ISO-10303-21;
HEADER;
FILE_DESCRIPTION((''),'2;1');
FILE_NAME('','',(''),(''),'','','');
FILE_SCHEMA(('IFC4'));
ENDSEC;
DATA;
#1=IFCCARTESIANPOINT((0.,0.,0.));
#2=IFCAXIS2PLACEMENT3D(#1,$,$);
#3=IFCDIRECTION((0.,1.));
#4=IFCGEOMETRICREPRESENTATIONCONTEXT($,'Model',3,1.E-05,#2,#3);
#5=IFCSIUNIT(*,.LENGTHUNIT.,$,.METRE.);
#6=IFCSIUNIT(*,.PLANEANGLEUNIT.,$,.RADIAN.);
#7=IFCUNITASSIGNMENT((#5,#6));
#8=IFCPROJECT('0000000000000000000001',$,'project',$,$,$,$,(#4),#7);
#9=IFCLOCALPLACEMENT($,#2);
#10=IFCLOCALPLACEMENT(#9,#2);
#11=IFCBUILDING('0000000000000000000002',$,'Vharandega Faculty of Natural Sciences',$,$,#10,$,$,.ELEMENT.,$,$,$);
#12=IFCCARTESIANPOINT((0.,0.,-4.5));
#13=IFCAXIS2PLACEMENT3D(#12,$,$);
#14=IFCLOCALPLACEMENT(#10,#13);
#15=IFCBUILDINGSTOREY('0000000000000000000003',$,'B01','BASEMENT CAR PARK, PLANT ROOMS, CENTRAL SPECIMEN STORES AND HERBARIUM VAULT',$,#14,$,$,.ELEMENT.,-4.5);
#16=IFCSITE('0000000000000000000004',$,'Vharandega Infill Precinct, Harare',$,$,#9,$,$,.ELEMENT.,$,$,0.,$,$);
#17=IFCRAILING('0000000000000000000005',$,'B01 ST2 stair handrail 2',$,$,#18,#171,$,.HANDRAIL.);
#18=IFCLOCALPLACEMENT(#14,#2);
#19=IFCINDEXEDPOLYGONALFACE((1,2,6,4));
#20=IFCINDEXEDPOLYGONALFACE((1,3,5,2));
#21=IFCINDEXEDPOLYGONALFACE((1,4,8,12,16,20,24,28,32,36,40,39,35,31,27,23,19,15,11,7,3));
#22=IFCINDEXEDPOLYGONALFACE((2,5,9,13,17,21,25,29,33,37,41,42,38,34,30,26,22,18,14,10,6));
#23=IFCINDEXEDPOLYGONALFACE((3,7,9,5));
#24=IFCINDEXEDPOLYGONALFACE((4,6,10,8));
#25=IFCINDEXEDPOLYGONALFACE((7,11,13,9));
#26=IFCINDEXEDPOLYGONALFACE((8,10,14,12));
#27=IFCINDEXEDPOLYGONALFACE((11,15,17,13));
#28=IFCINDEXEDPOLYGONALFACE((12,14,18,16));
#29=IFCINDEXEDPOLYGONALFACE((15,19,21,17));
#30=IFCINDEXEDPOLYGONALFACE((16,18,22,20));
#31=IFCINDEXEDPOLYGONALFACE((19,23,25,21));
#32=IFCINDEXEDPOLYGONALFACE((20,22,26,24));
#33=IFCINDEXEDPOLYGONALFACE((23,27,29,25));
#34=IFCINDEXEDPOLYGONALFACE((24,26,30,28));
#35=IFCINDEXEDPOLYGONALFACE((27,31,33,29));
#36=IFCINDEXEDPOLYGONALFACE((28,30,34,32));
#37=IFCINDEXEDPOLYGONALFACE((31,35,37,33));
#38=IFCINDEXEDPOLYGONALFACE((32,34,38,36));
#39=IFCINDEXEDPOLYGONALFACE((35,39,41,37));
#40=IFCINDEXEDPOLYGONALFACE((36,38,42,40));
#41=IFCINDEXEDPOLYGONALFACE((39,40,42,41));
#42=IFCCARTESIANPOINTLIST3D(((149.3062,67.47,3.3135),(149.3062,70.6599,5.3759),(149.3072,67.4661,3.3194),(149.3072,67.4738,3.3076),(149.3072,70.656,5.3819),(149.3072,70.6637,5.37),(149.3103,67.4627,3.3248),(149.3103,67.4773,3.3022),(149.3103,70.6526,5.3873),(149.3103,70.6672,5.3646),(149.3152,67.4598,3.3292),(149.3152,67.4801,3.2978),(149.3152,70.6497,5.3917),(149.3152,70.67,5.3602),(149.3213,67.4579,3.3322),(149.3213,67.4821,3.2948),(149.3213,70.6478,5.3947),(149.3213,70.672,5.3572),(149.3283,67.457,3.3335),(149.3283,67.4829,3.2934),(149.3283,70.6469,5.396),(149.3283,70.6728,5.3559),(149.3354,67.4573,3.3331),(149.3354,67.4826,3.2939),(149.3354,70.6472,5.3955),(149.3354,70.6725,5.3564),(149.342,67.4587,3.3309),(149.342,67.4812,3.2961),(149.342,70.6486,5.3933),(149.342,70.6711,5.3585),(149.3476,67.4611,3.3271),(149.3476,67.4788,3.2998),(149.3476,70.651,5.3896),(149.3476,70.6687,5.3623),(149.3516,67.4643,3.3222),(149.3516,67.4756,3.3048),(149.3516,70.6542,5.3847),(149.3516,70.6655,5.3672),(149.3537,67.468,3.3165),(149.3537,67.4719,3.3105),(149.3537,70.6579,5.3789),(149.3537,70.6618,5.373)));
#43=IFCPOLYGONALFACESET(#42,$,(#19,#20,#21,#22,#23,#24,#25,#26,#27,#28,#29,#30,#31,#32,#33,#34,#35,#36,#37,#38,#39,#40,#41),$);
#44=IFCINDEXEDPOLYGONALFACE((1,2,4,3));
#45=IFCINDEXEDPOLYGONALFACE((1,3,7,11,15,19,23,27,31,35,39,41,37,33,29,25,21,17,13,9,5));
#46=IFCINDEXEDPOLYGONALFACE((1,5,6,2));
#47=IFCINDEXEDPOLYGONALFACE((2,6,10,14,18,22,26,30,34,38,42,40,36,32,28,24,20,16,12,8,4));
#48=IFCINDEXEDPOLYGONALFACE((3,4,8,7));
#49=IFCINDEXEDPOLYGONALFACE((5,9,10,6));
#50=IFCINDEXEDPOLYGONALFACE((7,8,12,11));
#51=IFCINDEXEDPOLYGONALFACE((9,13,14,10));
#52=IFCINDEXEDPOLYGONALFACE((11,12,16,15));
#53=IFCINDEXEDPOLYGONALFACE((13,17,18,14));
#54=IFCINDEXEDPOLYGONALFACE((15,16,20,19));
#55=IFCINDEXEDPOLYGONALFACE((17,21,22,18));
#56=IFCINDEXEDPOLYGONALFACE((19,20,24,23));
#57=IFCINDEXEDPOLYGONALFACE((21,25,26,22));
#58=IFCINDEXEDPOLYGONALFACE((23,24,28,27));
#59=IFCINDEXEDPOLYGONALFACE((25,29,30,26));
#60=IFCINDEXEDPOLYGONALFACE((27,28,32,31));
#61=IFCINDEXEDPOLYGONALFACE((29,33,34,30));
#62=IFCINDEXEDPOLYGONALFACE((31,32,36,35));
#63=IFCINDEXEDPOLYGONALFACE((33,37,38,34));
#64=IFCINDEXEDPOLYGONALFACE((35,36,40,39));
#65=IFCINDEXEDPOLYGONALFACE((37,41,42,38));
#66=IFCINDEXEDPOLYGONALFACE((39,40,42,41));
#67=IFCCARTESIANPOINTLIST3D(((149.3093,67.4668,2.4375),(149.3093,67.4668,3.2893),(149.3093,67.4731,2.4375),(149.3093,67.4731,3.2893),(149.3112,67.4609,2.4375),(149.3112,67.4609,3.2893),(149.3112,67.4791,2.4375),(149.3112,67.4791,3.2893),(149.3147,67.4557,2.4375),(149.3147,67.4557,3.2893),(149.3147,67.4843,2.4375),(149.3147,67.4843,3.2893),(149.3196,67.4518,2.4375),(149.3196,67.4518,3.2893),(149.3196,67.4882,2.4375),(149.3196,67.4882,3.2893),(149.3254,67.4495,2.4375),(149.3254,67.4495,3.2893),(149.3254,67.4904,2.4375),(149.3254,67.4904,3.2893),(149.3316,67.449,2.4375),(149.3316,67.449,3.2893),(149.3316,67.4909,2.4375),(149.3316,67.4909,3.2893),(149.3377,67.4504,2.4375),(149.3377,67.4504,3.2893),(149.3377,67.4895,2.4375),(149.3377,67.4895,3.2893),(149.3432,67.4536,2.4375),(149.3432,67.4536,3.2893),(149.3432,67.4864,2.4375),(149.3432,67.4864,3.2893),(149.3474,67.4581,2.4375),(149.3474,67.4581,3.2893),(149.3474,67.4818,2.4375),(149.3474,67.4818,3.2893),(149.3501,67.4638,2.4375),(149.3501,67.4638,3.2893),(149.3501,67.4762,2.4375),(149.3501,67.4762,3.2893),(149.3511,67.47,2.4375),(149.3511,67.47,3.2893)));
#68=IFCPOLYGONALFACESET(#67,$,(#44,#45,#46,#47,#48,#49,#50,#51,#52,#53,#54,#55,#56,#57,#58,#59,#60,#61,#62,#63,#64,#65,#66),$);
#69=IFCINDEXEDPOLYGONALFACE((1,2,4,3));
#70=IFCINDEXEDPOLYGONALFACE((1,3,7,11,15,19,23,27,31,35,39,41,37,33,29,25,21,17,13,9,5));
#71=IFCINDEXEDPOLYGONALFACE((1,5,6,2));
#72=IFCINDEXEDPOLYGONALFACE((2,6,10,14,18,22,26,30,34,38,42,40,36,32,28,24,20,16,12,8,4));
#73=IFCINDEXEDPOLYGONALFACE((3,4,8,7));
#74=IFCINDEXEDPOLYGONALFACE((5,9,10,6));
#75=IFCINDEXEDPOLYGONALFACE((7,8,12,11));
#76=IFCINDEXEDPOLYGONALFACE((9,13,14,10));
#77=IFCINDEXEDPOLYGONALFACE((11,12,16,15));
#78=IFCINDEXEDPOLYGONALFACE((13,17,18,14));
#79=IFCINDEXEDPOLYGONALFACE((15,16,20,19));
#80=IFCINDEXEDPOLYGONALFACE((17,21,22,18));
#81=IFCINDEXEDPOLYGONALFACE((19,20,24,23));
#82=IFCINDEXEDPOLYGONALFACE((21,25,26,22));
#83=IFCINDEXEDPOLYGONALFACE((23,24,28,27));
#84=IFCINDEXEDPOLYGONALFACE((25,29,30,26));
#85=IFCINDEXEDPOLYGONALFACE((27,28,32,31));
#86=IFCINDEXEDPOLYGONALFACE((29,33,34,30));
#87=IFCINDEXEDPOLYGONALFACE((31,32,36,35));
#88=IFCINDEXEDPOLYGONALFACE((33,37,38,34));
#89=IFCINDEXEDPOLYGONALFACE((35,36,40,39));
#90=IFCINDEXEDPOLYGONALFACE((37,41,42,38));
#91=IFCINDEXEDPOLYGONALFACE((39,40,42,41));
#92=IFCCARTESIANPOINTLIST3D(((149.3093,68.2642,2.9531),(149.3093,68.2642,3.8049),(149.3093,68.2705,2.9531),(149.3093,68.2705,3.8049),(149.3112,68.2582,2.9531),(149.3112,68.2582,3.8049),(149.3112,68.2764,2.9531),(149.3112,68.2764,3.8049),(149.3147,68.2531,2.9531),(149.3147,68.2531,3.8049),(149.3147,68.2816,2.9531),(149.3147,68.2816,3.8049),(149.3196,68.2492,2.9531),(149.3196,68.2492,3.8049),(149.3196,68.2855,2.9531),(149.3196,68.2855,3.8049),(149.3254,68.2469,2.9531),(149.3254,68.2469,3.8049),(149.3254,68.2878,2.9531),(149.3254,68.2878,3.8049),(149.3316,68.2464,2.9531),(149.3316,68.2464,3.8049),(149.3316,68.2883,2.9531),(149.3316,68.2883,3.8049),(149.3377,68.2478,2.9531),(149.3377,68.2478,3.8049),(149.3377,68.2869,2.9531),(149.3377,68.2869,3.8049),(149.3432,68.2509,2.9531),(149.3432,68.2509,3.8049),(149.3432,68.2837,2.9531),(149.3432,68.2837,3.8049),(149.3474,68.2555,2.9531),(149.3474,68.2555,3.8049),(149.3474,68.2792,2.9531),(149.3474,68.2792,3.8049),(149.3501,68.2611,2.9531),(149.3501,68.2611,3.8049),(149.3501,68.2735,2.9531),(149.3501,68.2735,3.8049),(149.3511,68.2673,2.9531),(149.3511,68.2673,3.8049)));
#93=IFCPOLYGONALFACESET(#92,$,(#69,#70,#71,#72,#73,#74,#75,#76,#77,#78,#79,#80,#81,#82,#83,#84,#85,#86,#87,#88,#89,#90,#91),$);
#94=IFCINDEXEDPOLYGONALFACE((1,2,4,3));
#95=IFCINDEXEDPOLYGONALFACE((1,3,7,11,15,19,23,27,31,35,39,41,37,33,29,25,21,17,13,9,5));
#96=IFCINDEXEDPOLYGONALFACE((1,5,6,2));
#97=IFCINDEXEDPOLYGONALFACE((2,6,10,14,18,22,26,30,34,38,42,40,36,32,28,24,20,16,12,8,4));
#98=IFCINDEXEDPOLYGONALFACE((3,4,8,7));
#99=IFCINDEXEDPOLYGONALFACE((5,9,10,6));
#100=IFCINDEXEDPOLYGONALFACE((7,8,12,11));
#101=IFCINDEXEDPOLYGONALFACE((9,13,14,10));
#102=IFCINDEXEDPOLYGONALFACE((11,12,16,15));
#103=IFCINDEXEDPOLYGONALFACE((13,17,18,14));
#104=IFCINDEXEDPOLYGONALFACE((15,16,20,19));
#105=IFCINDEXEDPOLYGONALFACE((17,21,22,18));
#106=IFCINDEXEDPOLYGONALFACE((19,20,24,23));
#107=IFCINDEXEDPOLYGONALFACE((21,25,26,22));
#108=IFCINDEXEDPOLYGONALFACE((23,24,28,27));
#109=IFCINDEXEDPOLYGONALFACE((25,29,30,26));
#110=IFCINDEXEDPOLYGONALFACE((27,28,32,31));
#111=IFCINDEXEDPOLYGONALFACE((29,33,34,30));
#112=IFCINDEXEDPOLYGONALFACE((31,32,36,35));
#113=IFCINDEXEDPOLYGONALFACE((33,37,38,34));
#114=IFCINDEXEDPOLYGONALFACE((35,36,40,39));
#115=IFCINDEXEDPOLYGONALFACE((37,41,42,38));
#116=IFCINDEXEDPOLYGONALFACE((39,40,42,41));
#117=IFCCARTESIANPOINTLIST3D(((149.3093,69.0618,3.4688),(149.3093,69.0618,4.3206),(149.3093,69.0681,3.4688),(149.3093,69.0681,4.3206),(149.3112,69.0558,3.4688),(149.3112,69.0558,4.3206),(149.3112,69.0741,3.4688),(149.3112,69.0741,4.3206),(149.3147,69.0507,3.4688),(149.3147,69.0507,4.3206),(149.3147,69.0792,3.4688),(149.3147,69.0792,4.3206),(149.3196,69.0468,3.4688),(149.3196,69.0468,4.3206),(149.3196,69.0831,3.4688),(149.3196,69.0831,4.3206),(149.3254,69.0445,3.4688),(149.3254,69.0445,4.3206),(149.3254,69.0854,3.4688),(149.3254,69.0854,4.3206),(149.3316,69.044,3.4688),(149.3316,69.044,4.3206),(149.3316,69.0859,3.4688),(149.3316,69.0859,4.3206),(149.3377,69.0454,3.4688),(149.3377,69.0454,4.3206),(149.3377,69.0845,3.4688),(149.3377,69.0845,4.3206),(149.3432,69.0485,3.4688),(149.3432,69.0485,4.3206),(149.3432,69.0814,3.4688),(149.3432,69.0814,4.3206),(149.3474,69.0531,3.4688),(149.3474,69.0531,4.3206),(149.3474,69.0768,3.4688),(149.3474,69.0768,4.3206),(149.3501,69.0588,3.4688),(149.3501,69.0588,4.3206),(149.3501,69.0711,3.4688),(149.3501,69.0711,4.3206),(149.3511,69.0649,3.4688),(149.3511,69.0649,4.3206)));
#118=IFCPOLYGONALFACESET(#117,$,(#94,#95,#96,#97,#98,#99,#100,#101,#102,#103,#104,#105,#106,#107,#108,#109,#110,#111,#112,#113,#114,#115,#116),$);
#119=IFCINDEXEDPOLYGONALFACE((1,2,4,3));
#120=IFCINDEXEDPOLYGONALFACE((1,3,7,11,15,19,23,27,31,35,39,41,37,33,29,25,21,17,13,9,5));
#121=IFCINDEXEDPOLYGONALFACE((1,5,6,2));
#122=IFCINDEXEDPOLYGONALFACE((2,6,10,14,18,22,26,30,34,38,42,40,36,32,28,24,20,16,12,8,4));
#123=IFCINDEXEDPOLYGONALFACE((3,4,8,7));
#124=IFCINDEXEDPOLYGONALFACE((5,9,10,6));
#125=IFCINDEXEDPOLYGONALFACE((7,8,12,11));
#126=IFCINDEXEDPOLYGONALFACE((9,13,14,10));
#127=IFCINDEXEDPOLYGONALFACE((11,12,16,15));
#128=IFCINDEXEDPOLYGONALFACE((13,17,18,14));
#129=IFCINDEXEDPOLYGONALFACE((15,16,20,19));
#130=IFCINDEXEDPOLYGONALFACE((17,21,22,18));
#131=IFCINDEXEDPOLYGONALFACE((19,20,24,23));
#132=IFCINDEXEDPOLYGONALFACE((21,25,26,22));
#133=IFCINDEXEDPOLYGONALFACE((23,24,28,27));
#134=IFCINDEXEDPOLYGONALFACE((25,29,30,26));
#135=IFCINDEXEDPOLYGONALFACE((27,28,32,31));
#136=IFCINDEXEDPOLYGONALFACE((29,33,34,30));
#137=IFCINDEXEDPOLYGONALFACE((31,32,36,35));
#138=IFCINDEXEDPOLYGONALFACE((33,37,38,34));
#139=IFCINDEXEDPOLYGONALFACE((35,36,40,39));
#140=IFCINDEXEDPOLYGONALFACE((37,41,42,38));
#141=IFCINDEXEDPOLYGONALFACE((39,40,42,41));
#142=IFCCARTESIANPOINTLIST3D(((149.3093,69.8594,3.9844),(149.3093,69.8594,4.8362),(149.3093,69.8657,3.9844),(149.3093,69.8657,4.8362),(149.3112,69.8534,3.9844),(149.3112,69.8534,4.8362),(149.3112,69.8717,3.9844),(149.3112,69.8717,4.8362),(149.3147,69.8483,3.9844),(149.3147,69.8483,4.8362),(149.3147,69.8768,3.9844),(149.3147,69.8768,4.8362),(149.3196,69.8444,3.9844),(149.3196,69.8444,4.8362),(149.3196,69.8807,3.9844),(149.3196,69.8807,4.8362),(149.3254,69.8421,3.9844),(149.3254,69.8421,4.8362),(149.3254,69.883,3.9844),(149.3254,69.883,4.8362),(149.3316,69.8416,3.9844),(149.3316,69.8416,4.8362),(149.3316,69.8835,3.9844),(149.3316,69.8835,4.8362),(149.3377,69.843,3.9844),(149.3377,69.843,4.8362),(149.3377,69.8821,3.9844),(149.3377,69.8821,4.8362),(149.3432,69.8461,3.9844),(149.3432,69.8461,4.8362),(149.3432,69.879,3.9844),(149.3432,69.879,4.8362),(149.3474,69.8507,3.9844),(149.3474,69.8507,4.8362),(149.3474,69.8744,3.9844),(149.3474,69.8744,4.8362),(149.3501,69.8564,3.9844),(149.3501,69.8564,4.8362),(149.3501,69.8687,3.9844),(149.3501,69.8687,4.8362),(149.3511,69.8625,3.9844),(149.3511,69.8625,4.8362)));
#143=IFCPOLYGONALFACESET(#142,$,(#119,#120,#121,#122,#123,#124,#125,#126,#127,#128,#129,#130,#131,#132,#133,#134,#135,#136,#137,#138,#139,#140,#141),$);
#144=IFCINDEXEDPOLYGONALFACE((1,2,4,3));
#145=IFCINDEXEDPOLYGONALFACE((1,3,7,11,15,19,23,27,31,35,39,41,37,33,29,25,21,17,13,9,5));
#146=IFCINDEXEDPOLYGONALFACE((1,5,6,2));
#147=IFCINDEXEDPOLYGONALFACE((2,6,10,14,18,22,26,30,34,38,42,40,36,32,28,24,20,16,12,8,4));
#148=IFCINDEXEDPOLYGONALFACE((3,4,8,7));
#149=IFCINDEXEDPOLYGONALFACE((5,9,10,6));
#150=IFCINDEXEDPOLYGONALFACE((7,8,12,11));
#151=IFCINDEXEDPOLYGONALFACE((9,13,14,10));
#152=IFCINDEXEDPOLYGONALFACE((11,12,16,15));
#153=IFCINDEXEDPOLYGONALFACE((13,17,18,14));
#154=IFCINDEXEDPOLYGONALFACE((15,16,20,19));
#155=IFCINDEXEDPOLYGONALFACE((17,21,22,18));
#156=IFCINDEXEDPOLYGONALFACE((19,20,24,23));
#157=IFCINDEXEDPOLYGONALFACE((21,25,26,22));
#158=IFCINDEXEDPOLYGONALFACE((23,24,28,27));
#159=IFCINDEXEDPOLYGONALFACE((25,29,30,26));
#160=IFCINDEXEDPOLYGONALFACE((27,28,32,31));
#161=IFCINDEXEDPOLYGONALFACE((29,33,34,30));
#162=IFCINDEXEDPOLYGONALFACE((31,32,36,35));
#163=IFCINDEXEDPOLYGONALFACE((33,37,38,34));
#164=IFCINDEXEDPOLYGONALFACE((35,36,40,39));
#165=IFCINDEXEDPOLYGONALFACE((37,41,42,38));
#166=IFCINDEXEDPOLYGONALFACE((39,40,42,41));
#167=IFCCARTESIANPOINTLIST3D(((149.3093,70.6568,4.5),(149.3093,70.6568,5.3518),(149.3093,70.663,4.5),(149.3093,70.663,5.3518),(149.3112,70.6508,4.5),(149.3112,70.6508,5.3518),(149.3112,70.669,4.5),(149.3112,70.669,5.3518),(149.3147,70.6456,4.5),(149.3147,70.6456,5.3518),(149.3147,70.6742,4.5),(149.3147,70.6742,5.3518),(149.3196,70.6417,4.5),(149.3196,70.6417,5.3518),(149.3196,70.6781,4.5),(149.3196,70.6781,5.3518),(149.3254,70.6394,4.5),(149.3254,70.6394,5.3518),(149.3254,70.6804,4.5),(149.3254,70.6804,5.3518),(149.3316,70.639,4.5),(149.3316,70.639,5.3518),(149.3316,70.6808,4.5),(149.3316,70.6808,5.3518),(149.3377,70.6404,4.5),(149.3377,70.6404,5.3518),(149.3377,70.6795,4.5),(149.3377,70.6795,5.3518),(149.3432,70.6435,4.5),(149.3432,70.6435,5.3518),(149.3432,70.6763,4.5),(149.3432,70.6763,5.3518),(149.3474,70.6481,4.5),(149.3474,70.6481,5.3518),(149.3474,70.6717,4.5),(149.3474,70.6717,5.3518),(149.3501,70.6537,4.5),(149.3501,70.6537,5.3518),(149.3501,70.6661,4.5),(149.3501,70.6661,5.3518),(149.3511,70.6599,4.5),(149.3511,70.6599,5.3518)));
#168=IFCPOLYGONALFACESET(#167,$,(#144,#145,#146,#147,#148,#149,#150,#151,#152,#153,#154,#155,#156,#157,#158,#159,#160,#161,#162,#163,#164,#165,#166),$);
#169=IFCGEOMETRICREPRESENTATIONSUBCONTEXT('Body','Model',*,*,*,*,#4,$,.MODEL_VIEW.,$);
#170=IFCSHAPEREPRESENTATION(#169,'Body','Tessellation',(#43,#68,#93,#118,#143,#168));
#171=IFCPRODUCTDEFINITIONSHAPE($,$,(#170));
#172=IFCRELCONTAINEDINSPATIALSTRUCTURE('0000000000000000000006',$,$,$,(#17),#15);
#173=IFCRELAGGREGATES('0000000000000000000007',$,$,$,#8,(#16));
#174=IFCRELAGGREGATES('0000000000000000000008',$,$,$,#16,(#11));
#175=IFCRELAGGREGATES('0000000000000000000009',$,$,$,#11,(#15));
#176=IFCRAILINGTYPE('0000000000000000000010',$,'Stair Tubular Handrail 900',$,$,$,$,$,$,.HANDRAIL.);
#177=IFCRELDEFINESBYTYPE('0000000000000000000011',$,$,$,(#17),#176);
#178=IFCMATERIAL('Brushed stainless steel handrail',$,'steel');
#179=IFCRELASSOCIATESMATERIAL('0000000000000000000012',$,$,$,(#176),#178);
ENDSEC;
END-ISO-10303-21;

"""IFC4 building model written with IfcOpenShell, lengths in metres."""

from ifc_helpers import new_model, si_unit, direction, frame, origin, origin_2d, place, context, subcontext, project, spatial, circle, extrude, material, type_object, element, save


model = new_model("IFC4")

# Units and contexts
model_context = context("Model", 3, precision=1e-05, world=origin(), true_north=direction((0.0, 1.0)))
body_context = subcontext(model_context, "Body", "Model", "MODEL_VIEW")
ifc_project = project(units=[si_unit("LENGTHUNIT", "METRE"), si_unit("PLANEANGLEUNIT", "RADIAN")], contexts=[model_context])

# Site, building, storey
site_placement = place(None, origin())
site = spatial("IfcSite", under=ifc_project, at=site_placement, Name="Vharandega Infill Precinct, Harare", CompositionType="ELEMENT", RefElevation=0.0)
building_placement = place(site_placement, origin())
building = spatial("IfcBuilding", under=site, at=building_placement, Name="Vharandega Faculty of Natural Sciences", CompositionType="ELEMENT")
storey_placement = place(building_placement, frame((0.0, 0.0, -4.5)))
storey = spatial("IfcBuildingStorey", under=building, at=storey_placement, Name="B01", Description="BASEMENT CAR PARK, PLANT ROOMS, CENTRAL SPECIMEN STORES AND HERBARIUM VAULT", CompositionType="ELEMENT", Elevation=-4.5)

# Railing
ifc_material_1 = material(Name="Brushed stainless steel handrail", Category="steel")
railing_type_1 = type_object("IfcRailingType", Name="Stair Tubular Handrail 900", PredefinedType="HANDRAIL", material=ifc_material_1)
railing_1_placement = place(storey_placement, frame((149.3301, 67.47, 2.4375)))
element("IfcRailing", 1, at=railing_1_placement, inside=storey, type_object=railing_type_1, Name="B01 ST2 stair handrail 2", PredefinedType="HANDRAIL", context=body_context, shape_type="SweptSolid", body=[
    extrude(circle(Radius=0.0239, at=origin_2d()), frame((0.0, 0.0, 0.876), z_axis=(0.0, 0.83976, 0.542958), x_axis=(-1.0, 0.0, 0.0)), (0.0, 0.0, 1.0), 3.7986),
    extrude(circle(Radius=0.021, at=origin_2d()), origin(), (0.0, 0.0, 1.0), 0.8518),
    extrude(circle(Radius=0.021, at=origin_2d()), frame((0.0, 0.7974, 0.5156)), (0.0, 0.0, 1.0), 0.8518),
    extrude(circle(Radius=0.021, at=origin_2d()), frame((0.0, 1.595, 1.0312)), (0.0, 0.0, 1.0), 0.8518),
    extrude(circle(Radius=0.021, at=origin_2d()), frame((0.0, 2.3926, 1.5469)), (0.0, 0.0, 1.0), 0.8518),
    extrude(circle(Radius=0.021, at=origin_2d()), frame((0.0, 3.1899, 2.0625)), (0.0, 0.0, 1.0), 0.8518),
])

save(model, "model.ifc")
